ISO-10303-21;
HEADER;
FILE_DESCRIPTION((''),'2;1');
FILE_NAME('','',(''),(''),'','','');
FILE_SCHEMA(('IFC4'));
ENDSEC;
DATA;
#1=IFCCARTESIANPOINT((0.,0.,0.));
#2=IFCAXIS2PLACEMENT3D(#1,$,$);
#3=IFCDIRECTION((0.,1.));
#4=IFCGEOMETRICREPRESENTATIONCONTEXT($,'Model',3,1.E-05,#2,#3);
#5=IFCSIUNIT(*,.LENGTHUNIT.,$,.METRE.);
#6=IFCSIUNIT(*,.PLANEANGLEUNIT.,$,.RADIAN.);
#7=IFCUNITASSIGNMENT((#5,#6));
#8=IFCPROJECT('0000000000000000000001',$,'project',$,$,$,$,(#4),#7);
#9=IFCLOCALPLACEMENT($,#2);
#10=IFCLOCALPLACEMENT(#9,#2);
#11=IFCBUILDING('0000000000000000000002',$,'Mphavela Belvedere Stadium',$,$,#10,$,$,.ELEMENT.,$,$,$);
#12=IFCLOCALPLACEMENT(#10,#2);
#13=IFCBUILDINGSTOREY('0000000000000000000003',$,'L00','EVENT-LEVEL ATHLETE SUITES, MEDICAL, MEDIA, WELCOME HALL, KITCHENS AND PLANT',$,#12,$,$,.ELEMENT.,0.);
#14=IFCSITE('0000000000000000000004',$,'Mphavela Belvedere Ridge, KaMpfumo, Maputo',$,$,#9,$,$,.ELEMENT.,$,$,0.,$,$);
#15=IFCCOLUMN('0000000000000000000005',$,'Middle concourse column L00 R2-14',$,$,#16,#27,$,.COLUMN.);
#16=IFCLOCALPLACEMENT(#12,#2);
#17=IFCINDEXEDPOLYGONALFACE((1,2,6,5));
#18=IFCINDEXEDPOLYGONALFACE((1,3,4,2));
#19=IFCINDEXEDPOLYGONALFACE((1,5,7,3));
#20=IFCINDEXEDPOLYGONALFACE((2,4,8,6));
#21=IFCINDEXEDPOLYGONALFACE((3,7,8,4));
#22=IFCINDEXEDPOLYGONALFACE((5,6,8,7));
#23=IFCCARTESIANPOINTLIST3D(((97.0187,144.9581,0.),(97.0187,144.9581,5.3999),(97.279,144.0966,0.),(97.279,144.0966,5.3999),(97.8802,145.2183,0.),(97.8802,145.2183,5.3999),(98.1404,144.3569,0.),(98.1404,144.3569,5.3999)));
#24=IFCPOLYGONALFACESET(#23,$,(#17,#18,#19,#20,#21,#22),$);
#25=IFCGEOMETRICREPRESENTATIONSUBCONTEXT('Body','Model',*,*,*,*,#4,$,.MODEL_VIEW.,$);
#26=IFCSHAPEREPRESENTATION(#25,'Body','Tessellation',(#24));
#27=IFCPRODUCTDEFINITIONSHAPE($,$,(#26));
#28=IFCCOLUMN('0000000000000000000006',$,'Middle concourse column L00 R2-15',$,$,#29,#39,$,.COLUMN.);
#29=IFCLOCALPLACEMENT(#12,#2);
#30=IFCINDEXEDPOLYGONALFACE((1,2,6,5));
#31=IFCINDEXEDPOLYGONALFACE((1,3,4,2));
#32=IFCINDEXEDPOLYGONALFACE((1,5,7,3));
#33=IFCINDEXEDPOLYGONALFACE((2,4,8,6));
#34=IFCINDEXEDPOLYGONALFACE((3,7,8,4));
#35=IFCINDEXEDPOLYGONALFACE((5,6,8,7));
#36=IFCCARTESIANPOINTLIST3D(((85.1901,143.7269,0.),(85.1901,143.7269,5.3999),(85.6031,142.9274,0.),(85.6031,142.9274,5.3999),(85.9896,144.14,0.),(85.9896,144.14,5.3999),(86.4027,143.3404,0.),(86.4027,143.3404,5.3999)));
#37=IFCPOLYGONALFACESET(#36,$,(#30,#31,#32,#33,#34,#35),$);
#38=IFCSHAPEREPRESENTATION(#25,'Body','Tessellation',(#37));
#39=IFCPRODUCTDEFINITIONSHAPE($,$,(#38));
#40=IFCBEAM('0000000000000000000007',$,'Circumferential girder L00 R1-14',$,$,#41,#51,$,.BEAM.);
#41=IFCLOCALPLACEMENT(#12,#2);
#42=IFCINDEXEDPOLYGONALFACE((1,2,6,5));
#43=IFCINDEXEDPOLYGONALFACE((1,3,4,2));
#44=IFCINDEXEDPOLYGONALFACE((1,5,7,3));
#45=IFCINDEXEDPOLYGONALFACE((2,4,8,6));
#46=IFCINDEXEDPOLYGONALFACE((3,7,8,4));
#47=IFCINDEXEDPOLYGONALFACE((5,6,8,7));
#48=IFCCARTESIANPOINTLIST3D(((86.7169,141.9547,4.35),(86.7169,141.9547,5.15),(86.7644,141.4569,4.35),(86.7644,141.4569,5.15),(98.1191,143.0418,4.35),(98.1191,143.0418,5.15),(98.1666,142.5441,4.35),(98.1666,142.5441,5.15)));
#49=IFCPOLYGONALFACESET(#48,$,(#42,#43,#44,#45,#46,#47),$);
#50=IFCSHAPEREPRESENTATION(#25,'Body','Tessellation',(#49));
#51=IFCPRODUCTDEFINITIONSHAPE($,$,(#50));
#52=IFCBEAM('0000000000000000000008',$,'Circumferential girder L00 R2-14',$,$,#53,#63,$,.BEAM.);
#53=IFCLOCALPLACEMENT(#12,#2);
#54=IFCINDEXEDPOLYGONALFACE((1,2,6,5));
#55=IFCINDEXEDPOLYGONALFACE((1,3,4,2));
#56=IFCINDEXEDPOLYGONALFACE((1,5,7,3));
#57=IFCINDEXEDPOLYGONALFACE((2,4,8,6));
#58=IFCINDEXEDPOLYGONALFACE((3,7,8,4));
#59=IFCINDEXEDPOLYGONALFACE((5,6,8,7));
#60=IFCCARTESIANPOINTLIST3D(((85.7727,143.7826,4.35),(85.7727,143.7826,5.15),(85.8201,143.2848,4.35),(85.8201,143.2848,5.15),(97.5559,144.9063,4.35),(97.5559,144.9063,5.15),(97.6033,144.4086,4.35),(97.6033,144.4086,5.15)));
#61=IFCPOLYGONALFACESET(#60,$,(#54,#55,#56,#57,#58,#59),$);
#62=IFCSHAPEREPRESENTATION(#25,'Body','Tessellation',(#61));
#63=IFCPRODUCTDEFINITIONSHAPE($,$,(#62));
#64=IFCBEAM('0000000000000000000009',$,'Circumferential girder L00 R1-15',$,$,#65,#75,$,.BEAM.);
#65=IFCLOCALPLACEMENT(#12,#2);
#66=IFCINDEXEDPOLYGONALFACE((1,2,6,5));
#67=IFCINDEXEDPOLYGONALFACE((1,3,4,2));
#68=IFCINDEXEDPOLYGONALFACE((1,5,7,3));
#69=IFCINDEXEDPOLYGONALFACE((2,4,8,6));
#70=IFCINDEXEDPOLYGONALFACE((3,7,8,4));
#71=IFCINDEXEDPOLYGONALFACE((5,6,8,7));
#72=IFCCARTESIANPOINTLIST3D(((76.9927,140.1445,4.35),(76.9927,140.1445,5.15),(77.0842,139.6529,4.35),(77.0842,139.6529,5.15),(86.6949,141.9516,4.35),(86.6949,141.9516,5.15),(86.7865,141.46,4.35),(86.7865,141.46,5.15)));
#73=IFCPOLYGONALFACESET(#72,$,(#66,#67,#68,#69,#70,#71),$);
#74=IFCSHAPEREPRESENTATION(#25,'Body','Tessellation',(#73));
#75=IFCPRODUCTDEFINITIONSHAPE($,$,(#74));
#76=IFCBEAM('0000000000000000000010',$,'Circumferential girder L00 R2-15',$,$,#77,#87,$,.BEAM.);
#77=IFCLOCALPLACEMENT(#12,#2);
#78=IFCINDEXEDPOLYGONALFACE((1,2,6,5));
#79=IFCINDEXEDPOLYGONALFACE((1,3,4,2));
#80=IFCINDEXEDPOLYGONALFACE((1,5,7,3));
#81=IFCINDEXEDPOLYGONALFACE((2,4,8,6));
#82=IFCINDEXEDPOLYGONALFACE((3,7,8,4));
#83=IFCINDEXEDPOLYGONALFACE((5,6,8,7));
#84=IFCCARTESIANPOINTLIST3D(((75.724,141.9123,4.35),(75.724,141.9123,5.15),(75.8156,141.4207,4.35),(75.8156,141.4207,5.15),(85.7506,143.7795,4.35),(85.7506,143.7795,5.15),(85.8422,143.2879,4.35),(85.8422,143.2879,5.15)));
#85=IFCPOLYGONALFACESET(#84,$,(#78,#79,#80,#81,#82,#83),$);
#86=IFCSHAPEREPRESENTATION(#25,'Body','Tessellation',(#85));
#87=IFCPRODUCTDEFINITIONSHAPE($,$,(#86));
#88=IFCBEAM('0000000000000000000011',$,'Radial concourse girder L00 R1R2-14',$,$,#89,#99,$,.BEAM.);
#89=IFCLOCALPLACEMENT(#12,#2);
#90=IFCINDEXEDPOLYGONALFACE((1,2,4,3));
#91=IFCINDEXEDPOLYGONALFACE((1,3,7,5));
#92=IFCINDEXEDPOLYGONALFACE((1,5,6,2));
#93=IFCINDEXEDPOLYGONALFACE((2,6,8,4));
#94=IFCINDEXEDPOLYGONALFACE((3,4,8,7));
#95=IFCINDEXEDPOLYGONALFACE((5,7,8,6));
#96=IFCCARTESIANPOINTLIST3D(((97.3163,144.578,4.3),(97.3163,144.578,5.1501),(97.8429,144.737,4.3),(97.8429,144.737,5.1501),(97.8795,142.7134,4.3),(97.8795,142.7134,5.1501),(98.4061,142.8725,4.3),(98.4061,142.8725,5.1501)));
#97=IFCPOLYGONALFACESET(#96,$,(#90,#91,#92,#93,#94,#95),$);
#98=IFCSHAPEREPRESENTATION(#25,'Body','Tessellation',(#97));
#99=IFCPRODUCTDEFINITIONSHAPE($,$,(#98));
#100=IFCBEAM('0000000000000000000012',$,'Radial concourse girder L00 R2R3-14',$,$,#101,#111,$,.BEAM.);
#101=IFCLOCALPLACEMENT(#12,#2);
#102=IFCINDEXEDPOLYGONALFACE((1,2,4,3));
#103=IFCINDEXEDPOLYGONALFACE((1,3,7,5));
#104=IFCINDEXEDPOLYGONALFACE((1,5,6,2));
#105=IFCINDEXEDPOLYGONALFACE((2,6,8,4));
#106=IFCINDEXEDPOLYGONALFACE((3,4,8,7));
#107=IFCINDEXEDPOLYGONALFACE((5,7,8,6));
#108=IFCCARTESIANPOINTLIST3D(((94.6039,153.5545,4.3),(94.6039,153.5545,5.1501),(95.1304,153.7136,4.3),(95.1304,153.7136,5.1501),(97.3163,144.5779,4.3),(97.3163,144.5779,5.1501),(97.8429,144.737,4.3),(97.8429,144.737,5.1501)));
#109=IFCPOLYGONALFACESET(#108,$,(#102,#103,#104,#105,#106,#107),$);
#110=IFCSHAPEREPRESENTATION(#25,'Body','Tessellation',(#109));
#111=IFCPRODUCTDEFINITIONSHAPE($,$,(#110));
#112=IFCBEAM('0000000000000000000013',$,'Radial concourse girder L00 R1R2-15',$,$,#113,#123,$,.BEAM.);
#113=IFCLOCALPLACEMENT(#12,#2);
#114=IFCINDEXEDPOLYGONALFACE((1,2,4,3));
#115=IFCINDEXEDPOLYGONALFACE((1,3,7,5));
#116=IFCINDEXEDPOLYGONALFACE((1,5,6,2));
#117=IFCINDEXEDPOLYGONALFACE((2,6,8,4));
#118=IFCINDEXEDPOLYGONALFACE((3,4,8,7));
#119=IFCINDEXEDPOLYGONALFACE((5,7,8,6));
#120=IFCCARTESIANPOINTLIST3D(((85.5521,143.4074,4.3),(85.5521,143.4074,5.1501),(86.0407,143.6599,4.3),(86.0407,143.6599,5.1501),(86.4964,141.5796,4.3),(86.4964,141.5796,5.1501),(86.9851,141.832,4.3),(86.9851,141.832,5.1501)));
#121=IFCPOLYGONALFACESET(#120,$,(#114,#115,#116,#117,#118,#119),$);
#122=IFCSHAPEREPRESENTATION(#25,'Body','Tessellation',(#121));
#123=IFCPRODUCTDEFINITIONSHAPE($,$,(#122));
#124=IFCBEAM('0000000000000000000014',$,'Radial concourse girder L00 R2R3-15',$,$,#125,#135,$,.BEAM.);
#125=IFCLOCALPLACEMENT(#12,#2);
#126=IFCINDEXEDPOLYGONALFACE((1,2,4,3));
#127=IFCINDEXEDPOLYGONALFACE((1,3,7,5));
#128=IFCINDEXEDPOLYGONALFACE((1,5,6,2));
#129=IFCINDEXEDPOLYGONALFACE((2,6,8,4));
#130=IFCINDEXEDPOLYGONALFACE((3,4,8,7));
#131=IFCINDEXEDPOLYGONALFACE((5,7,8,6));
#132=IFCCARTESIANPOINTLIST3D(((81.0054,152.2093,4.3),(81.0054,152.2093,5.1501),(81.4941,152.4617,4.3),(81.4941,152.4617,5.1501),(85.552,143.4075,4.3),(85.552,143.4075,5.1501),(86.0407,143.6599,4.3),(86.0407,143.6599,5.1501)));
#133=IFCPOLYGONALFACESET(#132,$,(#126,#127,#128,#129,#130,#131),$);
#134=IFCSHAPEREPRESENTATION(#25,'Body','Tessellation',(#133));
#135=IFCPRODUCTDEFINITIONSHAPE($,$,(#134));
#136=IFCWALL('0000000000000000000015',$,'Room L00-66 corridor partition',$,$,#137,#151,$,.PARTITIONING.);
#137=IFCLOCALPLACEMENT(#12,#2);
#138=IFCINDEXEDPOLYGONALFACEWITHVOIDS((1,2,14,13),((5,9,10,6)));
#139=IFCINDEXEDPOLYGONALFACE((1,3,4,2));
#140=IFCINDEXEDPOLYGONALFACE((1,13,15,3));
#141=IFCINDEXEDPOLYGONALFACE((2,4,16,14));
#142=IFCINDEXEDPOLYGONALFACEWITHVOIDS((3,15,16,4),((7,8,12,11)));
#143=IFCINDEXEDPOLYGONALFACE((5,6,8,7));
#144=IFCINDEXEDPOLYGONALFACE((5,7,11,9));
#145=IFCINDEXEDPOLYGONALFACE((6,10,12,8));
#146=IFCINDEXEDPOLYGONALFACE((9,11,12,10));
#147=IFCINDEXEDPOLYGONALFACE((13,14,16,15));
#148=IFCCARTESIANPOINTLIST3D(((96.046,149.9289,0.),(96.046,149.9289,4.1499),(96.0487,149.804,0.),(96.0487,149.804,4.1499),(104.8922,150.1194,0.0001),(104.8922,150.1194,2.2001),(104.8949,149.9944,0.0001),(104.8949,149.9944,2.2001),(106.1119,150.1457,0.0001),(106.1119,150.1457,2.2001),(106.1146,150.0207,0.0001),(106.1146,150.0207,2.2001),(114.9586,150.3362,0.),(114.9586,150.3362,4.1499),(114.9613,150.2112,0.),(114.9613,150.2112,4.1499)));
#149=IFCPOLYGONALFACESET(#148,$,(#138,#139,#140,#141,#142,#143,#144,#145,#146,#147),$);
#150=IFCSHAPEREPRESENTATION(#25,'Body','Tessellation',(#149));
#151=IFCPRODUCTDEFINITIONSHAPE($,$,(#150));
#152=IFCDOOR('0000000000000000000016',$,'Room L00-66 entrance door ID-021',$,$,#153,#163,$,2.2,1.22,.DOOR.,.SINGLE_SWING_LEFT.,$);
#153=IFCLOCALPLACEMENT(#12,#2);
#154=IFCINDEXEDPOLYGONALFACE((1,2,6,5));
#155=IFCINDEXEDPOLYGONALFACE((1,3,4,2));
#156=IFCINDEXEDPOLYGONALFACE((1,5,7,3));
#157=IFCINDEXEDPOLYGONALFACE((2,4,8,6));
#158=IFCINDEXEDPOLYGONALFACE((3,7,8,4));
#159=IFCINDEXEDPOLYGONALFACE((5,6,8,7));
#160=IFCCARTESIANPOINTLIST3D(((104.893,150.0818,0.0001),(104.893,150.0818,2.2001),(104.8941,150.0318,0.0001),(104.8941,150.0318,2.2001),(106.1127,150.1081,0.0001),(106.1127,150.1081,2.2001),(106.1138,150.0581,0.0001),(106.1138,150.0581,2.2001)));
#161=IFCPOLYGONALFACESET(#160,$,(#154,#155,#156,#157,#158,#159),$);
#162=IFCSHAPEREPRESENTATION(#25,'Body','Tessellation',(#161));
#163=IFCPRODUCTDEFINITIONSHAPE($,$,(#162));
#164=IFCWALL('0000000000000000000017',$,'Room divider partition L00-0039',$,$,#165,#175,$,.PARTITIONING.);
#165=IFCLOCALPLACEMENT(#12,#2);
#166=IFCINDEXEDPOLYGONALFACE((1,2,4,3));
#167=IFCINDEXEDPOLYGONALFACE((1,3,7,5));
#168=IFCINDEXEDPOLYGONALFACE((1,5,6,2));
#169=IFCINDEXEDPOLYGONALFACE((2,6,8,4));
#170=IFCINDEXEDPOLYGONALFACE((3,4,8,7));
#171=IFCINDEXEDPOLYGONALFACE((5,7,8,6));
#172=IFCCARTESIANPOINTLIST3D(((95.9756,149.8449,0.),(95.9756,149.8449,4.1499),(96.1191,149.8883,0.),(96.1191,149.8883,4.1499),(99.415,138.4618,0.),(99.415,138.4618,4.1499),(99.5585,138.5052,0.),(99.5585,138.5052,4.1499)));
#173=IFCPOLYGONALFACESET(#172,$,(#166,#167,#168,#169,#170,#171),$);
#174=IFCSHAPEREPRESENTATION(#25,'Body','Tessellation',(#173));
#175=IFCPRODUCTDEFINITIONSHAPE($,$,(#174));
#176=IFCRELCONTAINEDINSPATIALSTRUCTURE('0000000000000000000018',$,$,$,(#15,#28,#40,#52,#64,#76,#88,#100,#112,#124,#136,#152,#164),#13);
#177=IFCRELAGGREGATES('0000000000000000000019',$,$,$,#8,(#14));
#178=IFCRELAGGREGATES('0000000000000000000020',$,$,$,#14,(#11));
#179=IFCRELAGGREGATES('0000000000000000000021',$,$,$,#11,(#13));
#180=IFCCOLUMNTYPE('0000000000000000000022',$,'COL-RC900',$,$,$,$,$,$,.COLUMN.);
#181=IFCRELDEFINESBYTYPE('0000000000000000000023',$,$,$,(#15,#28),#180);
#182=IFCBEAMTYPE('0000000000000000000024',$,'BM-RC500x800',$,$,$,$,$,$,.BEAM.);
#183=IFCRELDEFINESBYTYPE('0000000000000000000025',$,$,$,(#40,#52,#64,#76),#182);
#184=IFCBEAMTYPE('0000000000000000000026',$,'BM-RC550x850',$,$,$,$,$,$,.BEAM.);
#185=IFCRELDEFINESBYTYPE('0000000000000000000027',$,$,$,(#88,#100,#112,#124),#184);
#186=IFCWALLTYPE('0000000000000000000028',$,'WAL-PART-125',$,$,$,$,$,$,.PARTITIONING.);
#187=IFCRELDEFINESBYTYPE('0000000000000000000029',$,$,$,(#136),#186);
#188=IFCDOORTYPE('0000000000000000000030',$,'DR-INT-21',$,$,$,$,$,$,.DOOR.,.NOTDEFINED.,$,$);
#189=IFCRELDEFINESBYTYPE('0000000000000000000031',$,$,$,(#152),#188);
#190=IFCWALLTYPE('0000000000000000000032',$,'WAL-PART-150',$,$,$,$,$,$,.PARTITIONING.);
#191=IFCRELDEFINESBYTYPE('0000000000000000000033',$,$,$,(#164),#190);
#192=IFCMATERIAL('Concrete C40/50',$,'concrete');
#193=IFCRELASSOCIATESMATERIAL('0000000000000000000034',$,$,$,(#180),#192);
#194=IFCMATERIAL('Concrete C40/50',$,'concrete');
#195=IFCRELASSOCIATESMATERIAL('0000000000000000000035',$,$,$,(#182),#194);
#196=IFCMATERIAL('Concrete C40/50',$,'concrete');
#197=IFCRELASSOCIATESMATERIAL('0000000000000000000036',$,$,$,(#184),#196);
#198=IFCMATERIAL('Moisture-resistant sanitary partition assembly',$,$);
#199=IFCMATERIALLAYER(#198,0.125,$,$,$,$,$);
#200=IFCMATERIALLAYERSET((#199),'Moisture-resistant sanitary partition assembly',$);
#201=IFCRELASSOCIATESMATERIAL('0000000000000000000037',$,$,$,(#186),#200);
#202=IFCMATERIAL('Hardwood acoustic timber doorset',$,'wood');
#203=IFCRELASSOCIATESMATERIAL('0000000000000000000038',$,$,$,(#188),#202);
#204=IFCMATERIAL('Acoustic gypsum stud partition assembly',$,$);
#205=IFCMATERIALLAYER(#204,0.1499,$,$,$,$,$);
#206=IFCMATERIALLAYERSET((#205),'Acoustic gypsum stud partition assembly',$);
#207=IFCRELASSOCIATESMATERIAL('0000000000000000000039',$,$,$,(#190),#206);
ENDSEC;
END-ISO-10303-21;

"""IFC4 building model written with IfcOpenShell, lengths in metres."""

from ifc_helpers import new_model, si_unit, direction, frame, frame_2d, origin, origin_2d, place, context, subcontext, project, spatial, rectangle, extrude, material, layer, layer_set, material_profile, profile_set, type_object, element, fill, save


model = new_model("IFC4")

# Units and contexts
model_context = context("Model", 3, precision=1e-05, world=origin(), true_north=direction((0.0, 1.0)))
body_context = subcontext(model_context, "Body", "Model", "MODEL_VIEW")
ifc_project = project(units=[si_unit("LENGTHUNIT", "METRE"), si_unit("PLANEANGLEUNIT", "RADIAN")], contexts=[model_context])

# Site, building, storey
site_placement = place(None, origin())
site = spatial("IfcSite", under=ifc_project, at=site_placement, Name="Mphavela Belvedere Ridge, KaMpfumo, Maputo", CompositionType="ELEMENT", RefElevation=0.0)
building_placement = place(site_placement, origin())
building = spatial("IfcBuilding", under=site, at=building_placement, Name="Mphavela Belvedere Stadium", CompositionType="ELEMENT")
storey_placement = place(building_placement, origin())
storey = spatial("IfcBuildingStorey", under=building, at=storey_placement, Name="L00", Description="EVENT-LEVEL ATHLETE SUITES, MEDICAL, MEDIA, WELCOME HALL, KITCHENS AND PLANT", CompositionType="ELEMENT", Elevation=0.0)

# Columns
ifc_material_1 = material(Name="Concrete C40/50", Category="concrete")
ifc_material_profile_1 = material_profile(ifc_material_1, rectangle(XDim=0.8999, YDim=0.8999, at=origin_2d()), Name="RC 900x900")
ifc_profile_set_1 = profile_set([ifc_material_profile_1], Name="Concrete C40/50")
column_type_1 = type_object("IfcColumnType", Name="COL-RC900", PredefinedType="COLUMN", material=ifc_profile_set_1)
for number, where, z_axis, x_axis, name in (
    (1, (97.5796, 144.6575, 0.0), (0.0, 0.0, 1.0), (-0.289199, 0.957269, 0.0), "Middle concourse column L00 R2-14"),
    (2, (85.7964, 143.5337, 0.0), (0.0, 0.0, 1.0), (-0.45896, 0.888457, 0.0), "Middle concourse column L00 R2-15"),
):
    element("IfcColumn", number, at=place(storey_placement, frame(where, z_axis=z_axis, x_axis=x_axis)), inside=storey, type_object=column_type_1, Name=name, PredefinedType="COLUMN", context=body_context, shape_type="SweptSolid", body=[
        extrude(rectangle(XDim=0.8999, YDim=0.8999, at=origin_2d()), origin(), (0.0, 0.0, 1.0), 5.3999),
    ])

# Beams
ifc_material_2 = material(Name="Concrete C40/50", Category="concrete")
ifc_material_profile_2 = material_profile(ifc_material_2, rectangle(XDim=0.5, YDim=0.8, at=origin_2d()), Name="RC 500x800")
ifc_profile_set_2 = profile_set([ifc_material_profile_2], Name="Concrete C40/50")
beam_type_1 = type_object("IfcBeamType", Name="BM-RC500x800", PredefinedType="BEAM", material=ifc_profile_set_2)
beam_1_placement = place(storey_placement, frame((98.1428, 142.793, 4.75), z_axis=(-0.995485, -0.094917, 0.0), x_axis=(0.094917, -0.995485, 0.0)))
element("IfcBeam", 3, at=beam_1_placement, inside=storey, type_object=beam_type_1, Name="Circumferential girder L00 R1-14", PredefinedType="BEAM", context=body_context, shape_type="SweptSolid", body=[
    extrude(rectangle(XDim=0.5, YDim=0.8, at=origin_2d()), origin(), (0.0, 0.0, 1.0), 11.4539),
])
beam_2_placement = place(storey_placement, frame((97.5796, 144.6575, 4.75), z_axis=(-0.995483, -0.09494, 0.0), x_axis=(0.09494, -0.995483, 0.0)))
element("IfcBeam", 4, at=beam_2_placement, inside=storey, type_object=beam_type_1, Name="Circumferential girder L00 R2-14", PredefinedType="BEAM", context=body_context, shape_type="SweptSolid", body=[
    extrude(rectangle(XDim=0.5, YDim=0.8, at=origin_2d()), origin(), (0.0, 0.0, 1.0), 11.8367),
])
beam_3_placement = place(storey_placement, frame((86.7407, 141.7058, 4.75), z_axis=(-0.983093, -0.183107, 0.0), x_axis=(0.183107, -0.983093, 0.0)))
element("IfcBeam", 5, at=beam_3_placement, inside=storey, type_object=beam_type_1, Name="Circumferential girder L00 R1-15", PredefinedType="BEAM", context=body_context, shape_type="SweptSolid", body=[
    extrude(rectangle(XDim=0.5, YDim=0.8, at=origin_2d()), origin(), (0.0, 0.0, 1.0), 9.8691),
])
beam_4_placement = place(storey_placement, frame((85.7964, 143.5337, 4.75), z_axis=(-0.983099, -0.183076, 0.0), x_axis=(0.183076, -0.983099, 0.0)))
element("IfcBeam", 6, at=beam_4_placement, inside=storey, type_object=beam_type_1, Name="Circumferential girder L00 R2-15", PredefinedType="BEAM", context=body_context, shape_type="SweptSolid", body=[
    extrude(rectangle(XDim=0.5, YDim=0.8, at=origin_2d()), origin(), (0.0, 0.0, 1.0), 10.199),
])
ifc_material_3 = material(Name="Concrete C40/50", Category="concrete")
ifc_material_profile_3 = material_profile(ifc_material_3, rectangle(XDim=0.55, YDim=0.8501, at=origin_2d()), Name="RC 550x850")
ifc_profile_set_3 = profile_set([ifc_material_profile_3], Name="Concrete C40/50")
beam_type_2 = type_object("IfcBeamType", Name="BM-RC550x850", PredefinedType="BEAM", material=ifc_profile_set_3)
beam_5_placement = place(storey_placement, frame((98.1428, 142.793, 4.7251), z_axis=(-0.289176, 0.957276, 0.0), x_axis=(-0.957276, -0.289176, 0.0)))
element("IfcBeam", 7, at=beam_5_placement, inside=storey, type_object=beam_type_2, Name="Radial concourse girder L00 R1R2-14", PredefinedType="BEAM", context=body_context, shape_type="SweptSolid", body=[
    extrude(rectangle(XDim=0.55, YDim=0.8501, at=origin_2d()), origin(), (0.0, 0.0, 1.0), 1.9478),
])
beam_6_placement = place(storey_placement, frame((97.5796, 144.6575, 4.7251), z_axis=(-0.289249, 0.957254, 0.0), x_axis=(-0.957254, -0.289249, 0.0)))
element("IfcBeam", 8, at=beam_6_placement, inside=storey, type_object=beam_type_2, Name="Radial concourse girder L00 R2R3-14", PredefinedType="BEAM", context=body_context, shape_type="SweptSolid", body=[
    extrude(rectangle(XDim=0.55, YDim=0.8501, at=origin_2d()), origin(), (0.0, 0.0, 1.0), 9.3774),
])
beam_7_placement = place(storey_placement, frame((86.7407, 141.7058, 4.7251), z_axis=(-0.458994, 0.88844, 0.0), x_axis=(-0.88844, -0.458994, 0.0)))
element("IfcBeam", 9, at=beam_7_placement, inside=storey, type_object=beam_type_2, Name="Radial concourse girder L00 R1R2-15", PredefinedType="BEAM", context=body_context, shape_type="SweptSolid", body=[
    extrude(rectangle(XDim=0.55, YDim=0.8501, at=origin_2d()), origin(), (0.0, 0.0, 1.0), 2.0574),
])
beam_8_placement = place(storey_placement, frame((85.7964, 143.5337, 4.7251), z_axis=(-0.458945, 0.888465, 0.0), x_axis=(-0.888465, -0.458945, 0.0)))
element("IfcBeam", 10, at=beam_8_placement, inside=storey, type_object=beam_type_2, Name="Radial concourse girder L00 R2R3-15", PredefinedType="BEAM", context=body_context, shape_type="SweptSolid", body=[
    extrude(rectangle(XDim=0.55, YDim=0.8501, at=origin_2d()), origin(), (0.0, 0.0, 1.0), 9.9067),
])

# Wall, opening, door
ifc_material_4 = material(Name="Moisture-resistant sanitary partition assembly")
ifc_layer_1 = layer(ifc_material_4, 0.125)
ifc_layer_set_1 = layer_set([ifc_layer_1], Name="Moisture-resistant sanitary partition assembly")
wall_type_1 = type_object("IfcWallType", Name="WAL-PART-125", PredefinedType="PARTITIONING", material=ifc_layer_set_1)
wall_1_placement = place(storey_placement, frame((96.0474, 149.8665, 0.0), z_axis=(0.0, 0.0, 1.0), x_axis=(0.999768, 0.021527, 0.0)))
wall_1 = element("IfcWall", 11, at=wall_1_placement, inside=storey, type_object=wall_type_1, Name="Room L00-66 corridor partition", PredefinedType="PARTITIONING", context=body_context, shape_type="SweptSolid", body=[
    extrude(rectangle(XDim=18.917, YDim=0.125, at=frame_2d((9.4585, 0.0))), origin(), (0.0, 0.0, 1.0), 4.1499),
])
opening_placement = place(wall_1_placement, frame((8.8484, 0.0, 0.0)))
opening = element("IfcOpeningElement", 12, at=opening_placement, cuts=wall_1, PredefinedType="OPENING", context=body_context, shape_type="SweptSolid", body=[
    extrude(rectangle(XDim=1.22, YDim=2.2, at=frame_2d((0.6099, 1.1001))), frame((0.0, 0.0725, 0.0), z_axis=(0.0, -1.0, 0.0), x_axis=(1.0, 0.0, 0.0)), (0.0, 0.0, 1.0), 0.145),
])
ifc_material_5 = material(Name="Hardwood acoustic timber doorset", Category="wood")
door_type = type_object("IfcDoorType", Name="DR-INT-21", OperationType="NOTDEFINED", PredefinedType="DOOR", material=ifc_material_5)
door_placement = place(opening_placement, origin())
door = element("IfcDoor", 13, at=door_placement, inside=storey, type_object=door_type, Name="Room L00-66 entrance door ID-021", OperationType="SINGLE_SWING_LEFT", OverallHeight=2.2, OverallWidth=1.22, PredefinedType="DOOR", context=body_context, shape_type="SweptSolid", body=[
    extrude(rectangle(XDim=1.22, YDim=2.2, at=frame_2d((0.6099, 1.1001))), frame((0.0, 0.0249, 0.0), z_axis=(0.0, -1.0, 0.0), x_axis=(1.0, 0.0, 0.0)), (0.0, 0.0, 1.0), 0.05),
])
fill(opening, door)

# Wall
ifc_material_6 = material(Name="Acoustic gypsum stud partition assembly")
ifc_layer_2 = layer(ifc_material_6, 0.1499)
ifc_layer_set_2 = layer_set([ifc_layer_2], Name="Acoustic gypsum stud partition assembly")
wall_type_2 = type_object("IfcWallType", Name="WAL-PART-150", PredefinedType="PARTITIONING", material=ifc_layer_set_2)
wall_2_placement = place(storey_placement, frame((99.4868, 138.4834, 0.0), z_axis=(0.0, 0.0, 1.0), x_axis=(-0.28924, 0.957257, 0.0)))
element("IfcWall", 14, at=wall_2_placement, inside=storey, type_object=wall_type_2, Name="Room divider partition L00-0039", PredefinedType="PARTITIONING", context=body_context, shape_type="SweptSolid", body=[
    extrude(rectangle(XDim=11.8914, YDim=0.1499, at=frame_2d((5.9458, 0.0))), origin(), (0.0, 0.0, 1.0), 4.1499),
])

save(model, "model.ifc")
